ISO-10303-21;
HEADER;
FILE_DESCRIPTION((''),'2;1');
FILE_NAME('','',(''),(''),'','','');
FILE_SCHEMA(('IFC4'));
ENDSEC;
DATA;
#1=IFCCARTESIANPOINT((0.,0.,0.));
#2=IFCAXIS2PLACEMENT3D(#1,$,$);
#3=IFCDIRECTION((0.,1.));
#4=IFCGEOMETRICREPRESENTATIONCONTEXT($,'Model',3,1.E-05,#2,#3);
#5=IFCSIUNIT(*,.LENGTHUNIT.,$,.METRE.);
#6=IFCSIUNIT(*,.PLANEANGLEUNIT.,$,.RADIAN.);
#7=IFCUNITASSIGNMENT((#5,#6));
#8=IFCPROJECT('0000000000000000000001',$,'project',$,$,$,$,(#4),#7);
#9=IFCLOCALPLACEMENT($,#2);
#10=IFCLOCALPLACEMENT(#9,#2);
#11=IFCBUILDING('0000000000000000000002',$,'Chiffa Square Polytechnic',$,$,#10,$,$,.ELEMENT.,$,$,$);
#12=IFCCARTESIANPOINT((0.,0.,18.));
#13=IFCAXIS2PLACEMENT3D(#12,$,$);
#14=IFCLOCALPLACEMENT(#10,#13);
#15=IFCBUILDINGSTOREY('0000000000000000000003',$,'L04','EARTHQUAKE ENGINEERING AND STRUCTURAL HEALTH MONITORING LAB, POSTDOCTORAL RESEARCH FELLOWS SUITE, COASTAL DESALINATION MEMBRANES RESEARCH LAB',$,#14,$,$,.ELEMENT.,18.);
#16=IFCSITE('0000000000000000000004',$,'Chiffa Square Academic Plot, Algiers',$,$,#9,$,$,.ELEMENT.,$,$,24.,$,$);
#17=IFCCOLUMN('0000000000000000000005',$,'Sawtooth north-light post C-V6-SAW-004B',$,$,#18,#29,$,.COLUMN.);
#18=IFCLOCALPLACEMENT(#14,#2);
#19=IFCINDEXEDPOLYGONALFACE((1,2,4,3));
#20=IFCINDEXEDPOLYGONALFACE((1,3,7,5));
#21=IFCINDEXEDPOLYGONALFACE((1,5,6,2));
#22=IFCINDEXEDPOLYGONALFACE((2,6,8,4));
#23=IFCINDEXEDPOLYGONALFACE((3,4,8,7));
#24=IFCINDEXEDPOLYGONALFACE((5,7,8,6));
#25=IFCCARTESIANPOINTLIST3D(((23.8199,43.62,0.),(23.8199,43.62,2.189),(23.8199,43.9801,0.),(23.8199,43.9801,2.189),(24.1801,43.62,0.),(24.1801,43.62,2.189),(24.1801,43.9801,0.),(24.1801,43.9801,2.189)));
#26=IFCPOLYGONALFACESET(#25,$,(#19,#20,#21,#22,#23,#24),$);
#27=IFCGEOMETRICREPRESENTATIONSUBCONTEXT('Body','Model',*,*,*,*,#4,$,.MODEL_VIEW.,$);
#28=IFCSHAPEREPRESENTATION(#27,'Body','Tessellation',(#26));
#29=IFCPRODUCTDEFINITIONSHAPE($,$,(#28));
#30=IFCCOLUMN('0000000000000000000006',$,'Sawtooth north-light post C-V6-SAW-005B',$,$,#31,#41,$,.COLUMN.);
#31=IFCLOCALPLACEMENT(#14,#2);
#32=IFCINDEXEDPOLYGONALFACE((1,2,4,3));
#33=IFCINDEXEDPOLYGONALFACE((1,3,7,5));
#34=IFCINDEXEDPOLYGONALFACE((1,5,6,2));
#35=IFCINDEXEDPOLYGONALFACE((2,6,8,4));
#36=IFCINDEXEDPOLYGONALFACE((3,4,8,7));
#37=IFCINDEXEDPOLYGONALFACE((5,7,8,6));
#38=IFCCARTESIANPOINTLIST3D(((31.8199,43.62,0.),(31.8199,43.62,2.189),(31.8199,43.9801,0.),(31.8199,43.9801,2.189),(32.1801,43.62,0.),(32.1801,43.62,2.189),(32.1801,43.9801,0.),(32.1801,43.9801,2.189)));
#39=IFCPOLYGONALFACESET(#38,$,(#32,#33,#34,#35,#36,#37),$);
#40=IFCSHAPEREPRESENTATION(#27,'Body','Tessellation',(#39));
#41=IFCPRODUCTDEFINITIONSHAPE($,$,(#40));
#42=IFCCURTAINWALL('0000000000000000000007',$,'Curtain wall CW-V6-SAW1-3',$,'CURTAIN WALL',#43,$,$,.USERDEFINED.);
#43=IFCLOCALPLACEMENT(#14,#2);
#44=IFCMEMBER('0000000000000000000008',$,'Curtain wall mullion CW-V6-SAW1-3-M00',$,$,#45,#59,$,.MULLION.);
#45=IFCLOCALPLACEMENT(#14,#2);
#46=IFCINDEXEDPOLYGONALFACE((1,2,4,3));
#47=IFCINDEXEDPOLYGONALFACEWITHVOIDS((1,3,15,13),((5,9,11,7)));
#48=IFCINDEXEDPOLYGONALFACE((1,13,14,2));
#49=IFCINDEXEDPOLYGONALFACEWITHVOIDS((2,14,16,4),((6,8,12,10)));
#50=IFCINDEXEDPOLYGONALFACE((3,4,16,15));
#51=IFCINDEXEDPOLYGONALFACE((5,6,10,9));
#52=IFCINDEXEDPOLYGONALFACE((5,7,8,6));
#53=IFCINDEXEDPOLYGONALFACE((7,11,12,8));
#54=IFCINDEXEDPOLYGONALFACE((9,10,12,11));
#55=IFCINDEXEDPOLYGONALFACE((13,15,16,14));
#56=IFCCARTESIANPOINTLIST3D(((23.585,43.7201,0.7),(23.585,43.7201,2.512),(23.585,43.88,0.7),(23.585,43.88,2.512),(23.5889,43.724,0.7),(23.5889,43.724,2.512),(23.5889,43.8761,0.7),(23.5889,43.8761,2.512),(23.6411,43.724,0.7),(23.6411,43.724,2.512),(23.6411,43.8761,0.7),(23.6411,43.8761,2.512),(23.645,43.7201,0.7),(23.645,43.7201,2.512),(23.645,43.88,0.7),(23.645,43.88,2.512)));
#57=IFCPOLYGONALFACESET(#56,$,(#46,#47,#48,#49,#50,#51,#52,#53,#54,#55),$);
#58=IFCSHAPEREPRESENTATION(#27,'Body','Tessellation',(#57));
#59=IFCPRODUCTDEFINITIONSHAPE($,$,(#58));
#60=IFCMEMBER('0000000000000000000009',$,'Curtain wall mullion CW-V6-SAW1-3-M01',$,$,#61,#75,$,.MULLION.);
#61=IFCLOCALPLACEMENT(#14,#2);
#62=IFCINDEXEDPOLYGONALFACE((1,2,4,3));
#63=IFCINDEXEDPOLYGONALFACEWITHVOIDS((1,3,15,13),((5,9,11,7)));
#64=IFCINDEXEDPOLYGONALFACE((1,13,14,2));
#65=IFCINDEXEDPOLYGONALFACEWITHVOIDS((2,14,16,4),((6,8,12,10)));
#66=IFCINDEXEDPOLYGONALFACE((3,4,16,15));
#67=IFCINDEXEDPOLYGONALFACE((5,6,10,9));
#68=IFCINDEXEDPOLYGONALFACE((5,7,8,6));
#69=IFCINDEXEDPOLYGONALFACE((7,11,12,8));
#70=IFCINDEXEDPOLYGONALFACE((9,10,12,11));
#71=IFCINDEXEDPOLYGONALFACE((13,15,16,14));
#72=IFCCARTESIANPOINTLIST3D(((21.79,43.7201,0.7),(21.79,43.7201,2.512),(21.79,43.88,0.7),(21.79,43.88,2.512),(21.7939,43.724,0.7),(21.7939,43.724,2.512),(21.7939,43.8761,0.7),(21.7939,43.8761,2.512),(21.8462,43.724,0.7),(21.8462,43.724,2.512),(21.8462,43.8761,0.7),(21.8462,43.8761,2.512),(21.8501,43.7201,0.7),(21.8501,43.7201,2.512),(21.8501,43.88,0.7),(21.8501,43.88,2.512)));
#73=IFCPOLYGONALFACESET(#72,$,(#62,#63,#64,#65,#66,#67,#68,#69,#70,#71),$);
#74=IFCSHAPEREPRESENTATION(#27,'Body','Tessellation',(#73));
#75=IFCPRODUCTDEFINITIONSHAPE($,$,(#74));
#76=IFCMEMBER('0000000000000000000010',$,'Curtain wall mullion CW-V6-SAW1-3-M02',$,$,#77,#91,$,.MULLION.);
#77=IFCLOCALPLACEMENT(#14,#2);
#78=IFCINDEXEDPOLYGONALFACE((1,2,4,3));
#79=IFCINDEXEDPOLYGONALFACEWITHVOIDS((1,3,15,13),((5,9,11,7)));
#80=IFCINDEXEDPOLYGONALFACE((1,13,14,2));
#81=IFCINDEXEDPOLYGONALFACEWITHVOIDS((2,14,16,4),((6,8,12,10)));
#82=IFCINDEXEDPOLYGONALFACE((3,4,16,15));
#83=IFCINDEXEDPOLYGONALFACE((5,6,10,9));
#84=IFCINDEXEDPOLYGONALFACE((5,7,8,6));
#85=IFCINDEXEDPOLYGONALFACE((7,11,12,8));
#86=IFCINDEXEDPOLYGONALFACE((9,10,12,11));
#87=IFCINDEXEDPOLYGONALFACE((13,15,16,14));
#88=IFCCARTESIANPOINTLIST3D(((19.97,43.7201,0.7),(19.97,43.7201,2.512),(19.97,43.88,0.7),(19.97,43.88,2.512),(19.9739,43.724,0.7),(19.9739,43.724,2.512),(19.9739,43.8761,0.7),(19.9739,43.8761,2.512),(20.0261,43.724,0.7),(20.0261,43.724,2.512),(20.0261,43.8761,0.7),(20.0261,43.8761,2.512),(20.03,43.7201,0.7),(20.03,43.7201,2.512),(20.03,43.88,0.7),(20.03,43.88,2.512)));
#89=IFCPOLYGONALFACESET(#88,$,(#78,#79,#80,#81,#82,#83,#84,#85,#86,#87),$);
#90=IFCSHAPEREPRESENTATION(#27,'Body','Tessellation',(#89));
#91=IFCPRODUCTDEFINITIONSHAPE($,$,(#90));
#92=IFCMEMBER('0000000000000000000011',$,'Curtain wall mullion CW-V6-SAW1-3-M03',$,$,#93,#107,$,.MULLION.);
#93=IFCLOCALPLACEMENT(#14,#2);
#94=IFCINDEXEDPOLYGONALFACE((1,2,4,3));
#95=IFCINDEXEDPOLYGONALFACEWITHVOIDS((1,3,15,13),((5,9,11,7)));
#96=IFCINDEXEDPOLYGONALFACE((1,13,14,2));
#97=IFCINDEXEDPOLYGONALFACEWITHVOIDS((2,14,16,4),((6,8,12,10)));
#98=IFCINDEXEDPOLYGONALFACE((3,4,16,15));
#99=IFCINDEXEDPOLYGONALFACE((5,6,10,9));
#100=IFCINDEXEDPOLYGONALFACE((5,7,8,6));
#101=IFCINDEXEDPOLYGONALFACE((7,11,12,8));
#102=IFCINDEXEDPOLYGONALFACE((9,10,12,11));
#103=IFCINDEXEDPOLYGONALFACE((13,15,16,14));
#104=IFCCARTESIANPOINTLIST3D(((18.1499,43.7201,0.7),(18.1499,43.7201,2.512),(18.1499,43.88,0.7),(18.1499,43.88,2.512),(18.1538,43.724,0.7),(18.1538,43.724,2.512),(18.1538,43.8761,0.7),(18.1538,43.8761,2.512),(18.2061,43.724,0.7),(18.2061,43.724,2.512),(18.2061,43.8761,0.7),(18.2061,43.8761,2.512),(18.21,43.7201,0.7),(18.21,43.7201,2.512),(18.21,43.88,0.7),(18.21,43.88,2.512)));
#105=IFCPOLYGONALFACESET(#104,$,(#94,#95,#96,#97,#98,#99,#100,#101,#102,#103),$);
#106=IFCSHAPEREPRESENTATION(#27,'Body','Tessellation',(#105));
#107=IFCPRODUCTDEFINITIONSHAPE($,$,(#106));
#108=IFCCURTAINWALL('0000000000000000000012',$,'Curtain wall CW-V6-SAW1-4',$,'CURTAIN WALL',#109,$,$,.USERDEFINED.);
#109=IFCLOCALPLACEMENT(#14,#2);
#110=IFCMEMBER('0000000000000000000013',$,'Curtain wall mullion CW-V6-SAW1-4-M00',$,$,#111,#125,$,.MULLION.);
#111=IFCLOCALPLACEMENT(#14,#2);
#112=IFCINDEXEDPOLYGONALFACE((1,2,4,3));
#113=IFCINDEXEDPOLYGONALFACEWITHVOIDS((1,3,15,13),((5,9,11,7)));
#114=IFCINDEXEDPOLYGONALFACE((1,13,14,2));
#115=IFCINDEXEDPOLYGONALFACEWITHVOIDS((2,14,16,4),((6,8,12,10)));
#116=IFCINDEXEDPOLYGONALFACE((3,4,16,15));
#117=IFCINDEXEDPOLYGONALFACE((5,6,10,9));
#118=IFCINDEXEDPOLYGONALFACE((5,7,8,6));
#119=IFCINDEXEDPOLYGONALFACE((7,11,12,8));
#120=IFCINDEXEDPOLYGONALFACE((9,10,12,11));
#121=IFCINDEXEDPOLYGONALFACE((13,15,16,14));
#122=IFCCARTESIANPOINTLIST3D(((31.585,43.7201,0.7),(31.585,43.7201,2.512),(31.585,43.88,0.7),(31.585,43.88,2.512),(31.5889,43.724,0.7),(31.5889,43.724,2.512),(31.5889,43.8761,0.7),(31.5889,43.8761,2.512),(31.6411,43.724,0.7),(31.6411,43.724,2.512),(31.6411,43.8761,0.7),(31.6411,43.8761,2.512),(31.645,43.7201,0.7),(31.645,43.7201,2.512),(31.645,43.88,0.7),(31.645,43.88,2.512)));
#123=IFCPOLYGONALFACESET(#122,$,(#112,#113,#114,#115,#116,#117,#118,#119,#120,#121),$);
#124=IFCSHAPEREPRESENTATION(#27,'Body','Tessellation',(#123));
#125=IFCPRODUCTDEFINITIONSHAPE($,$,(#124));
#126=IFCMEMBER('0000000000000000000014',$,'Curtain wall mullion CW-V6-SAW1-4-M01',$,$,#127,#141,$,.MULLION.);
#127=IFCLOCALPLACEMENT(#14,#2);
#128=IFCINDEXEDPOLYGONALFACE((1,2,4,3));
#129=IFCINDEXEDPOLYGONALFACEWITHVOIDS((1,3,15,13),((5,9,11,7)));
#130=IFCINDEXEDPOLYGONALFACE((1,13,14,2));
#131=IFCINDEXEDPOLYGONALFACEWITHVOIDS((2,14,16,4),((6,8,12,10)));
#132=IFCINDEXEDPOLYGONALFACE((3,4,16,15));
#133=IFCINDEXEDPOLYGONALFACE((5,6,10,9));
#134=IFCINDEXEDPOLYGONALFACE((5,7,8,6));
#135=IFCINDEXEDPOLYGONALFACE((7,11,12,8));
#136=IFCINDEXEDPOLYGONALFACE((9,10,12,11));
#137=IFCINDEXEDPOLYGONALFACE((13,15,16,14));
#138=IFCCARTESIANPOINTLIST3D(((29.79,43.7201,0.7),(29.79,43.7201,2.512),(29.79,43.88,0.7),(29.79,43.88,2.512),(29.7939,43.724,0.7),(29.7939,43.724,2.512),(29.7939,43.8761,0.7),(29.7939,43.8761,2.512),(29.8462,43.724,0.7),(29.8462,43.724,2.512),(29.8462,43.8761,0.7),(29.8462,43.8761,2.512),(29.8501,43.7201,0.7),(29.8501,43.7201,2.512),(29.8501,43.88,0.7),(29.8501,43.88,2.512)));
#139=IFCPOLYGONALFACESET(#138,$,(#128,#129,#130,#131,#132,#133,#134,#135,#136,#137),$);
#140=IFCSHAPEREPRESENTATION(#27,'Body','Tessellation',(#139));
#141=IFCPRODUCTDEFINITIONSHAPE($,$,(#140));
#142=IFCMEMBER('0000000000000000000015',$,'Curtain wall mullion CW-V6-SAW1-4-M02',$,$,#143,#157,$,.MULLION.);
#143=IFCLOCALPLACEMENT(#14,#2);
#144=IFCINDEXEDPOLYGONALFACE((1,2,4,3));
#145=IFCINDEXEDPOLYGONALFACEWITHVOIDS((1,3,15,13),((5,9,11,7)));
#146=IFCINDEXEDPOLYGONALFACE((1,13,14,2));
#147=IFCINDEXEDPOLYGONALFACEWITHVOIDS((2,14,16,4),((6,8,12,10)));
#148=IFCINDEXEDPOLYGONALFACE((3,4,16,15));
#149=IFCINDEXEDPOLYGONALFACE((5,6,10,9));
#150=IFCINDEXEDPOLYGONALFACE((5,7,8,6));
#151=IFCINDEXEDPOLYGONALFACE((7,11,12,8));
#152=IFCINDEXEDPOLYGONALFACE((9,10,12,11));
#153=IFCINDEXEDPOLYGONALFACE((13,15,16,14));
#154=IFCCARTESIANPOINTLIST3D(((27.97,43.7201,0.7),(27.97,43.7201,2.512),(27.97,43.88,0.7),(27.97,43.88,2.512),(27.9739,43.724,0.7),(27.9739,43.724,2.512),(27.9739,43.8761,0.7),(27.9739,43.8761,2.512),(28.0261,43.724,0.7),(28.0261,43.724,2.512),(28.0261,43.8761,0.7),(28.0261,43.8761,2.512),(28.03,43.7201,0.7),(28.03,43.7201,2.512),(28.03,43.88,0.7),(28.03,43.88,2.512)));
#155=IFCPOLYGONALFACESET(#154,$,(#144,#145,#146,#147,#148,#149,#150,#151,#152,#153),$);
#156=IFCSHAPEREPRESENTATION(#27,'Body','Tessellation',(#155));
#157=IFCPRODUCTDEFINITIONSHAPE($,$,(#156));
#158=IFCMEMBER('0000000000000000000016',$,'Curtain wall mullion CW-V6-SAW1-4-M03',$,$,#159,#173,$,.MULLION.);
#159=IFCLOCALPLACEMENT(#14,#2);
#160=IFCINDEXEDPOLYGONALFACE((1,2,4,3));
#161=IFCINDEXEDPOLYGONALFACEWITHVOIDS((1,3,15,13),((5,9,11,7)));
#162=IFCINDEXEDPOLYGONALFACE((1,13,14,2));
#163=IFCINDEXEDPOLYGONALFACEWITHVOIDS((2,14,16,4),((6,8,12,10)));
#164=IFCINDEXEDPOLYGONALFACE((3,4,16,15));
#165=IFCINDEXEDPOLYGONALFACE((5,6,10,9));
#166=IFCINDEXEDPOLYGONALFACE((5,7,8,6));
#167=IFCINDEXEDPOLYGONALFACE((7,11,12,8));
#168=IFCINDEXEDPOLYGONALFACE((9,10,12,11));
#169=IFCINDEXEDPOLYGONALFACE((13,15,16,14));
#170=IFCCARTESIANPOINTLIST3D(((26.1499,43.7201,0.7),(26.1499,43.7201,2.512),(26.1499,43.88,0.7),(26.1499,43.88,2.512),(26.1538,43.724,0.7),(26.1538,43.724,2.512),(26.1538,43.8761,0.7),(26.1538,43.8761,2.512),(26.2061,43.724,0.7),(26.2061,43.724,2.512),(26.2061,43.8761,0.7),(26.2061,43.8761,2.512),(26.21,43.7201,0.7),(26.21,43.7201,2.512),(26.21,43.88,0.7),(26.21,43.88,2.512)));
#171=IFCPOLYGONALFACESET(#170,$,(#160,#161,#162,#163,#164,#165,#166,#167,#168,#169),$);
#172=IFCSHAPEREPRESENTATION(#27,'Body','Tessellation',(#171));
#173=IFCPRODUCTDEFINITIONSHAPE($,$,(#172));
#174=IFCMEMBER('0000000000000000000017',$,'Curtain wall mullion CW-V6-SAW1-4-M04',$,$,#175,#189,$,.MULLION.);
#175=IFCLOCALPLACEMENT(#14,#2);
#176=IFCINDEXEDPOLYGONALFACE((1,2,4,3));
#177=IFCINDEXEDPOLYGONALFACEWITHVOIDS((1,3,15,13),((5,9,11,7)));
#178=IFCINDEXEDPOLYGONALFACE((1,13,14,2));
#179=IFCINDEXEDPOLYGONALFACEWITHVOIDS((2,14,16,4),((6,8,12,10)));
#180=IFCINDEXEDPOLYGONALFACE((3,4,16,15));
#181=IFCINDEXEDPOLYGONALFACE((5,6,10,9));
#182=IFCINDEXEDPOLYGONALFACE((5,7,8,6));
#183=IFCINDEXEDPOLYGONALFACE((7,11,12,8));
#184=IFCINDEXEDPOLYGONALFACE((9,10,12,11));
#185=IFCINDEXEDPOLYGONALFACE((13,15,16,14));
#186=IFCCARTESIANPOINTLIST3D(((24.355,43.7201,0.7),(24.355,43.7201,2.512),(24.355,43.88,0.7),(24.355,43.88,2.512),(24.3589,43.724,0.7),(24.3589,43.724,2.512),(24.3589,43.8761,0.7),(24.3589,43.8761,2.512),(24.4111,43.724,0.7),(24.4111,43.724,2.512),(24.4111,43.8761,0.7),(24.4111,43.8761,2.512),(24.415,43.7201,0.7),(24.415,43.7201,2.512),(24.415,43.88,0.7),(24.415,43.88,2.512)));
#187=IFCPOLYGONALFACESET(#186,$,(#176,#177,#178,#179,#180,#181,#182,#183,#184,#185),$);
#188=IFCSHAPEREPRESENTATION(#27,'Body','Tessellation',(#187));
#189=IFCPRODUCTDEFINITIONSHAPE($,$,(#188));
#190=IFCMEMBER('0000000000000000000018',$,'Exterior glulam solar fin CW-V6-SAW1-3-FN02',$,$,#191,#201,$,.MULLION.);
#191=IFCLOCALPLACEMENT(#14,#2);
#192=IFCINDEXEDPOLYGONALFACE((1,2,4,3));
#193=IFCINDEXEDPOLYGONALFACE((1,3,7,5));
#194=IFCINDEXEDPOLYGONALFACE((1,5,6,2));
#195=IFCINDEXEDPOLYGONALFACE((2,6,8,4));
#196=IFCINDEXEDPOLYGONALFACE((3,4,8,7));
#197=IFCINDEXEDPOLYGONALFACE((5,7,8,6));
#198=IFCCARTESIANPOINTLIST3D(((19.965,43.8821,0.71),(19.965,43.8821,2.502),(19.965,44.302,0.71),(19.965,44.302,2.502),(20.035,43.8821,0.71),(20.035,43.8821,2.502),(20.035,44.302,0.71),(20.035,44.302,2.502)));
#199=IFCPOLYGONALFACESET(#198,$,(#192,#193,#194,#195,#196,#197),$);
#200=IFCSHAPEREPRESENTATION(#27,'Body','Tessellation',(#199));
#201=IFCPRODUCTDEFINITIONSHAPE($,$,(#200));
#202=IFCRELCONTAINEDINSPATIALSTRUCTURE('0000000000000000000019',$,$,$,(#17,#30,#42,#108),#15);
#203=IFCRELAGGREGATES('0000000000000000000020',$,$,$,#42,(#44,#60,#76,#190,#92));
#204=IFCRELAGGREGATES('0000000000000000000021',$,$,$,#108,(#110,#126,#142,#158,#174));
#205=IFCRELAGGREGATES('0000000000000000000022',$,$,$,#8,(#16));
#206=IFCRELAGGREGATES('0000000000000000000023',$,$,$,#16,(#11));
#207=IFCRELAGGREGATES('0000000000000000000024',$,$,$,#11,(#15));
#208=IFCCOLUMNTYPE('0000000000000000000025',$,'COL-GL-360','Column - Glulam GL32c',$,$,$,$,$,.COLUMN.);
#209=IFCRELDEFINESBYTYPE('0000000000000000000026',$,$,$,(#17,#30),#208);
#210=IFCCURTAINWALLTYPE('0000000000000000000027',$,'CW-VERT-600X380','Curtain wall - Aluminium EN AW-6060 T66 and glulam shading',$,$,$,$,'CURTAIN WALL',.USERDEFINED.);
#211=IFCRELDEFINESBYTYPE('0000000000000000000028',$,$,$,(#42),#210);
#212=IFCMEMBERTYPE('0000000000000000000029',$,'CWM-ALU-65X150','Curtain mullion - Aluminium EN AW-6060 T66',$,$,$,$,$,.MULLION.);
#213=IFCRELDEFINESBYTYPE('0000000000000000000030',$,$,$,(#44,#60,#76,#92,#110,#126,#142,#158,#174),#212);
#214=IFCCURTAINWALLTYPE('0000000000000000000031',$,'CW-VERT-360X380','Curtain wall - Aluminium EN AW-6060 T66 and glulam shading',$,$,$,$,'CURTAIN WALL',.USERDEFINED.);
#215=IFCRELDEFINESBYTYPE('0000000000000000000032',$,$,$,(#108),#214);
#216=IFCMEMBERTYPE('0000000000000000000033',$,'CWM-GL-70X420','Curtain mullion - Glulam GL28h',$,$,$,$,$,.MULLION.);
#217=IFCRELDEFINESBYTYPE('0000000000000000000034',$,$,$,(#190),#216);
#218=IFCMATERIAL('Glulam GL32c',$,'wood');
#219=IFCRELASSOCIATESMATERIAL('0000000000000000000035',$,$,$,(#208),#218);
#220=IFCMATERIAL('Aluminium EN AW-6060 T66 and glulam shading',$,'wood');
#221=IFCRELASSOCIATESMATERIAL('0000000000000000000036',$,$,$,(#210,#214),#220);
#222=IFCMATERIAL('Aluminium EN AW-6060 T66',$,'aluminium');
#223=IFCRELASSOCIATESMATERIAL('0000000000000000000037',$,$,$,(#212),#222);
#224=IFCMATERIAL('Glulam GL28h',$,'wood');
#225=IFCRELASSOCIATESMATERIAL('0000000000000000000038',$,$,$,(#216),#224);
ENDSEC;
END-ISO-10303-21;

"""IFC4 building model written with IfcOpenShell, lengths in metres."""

from ifc_helpers import new_model, si_unit, direction, frame, origin, origin_2d, place, context, subcontext, project, spatial, rectangle, hollow_rectangle, extrude, material, material_profile, profile_set, type_object, element, aggregate, save


model = new_model("IFC4")

# Units and contexts
model_context = context("Model", 3, precision=1e-05, world=origin(), true_north=direction((0.0, 1.0)))
body_context = subcontext(model_context, "Body", "Model", "MODEL_VIEW")
ifc_project = project(units=[si_unit("LENGTHUNIT", "METRE"), si_unit("PLANEANGLEUNIT", "RADIAN")], contexts=[model_context])

# Site, building, storey
site_placement = place(None, origin())
site = spatial("IfcSite", under=ifc_project, at=site_placement, Name="Chiffa Square Academic Plot, Algiers", CompositionType="ELEMENT", RefElevation=24.0)
building_placement = place(site_placement, origin())
building = spatial("IfcBuilding", under=site, at=building_placement, Name="Chiffa Square Polytechnic", CompositionType="ELEMENT")
storey_placement = place(building_placement, frame((0.0, 0.0, 18.0)))
storey = spatial("IfcBuildingStorey", under=building, at=storey_placement, Name="L04", Description="EARTHQUAKE ENGINEERING AND STRUCTURAL HEALTH MONITORING LAB, POSTDOCTORAL RESEARCH FELLOWS SUITE, COASTAL DESALINATION MEMBRANES RESEARCH LAB", CompositionType="ELEMENT", Elevation=18.0)

# Columns
ifc_material_1 = material(Name="Glulam GL32c", Category="wood")
ifc_material_profile_1 = material_profile(ifc_material_1, rectangle(XDim=0.3601, YDim=0.3601, at=origin_2d()), Name="GL32c 360x360")
ifc_profile_set_1 = profile_set([ifc_material_profile_1], Name="Glulam GL32c")
column_type = type_object("IfcColumnType", Name="COL-GL-360", Description="Column - Glulam GL32c", PredefinedType="COLUMN", material=ifc_profile_set_1)
for number, where, z_axis, x_axis, name in (
    (1, (24.0, 43.8, 0.0), (0.0, 0.0, 1.0), (1.0, 0.0, 0.0), "Sawtooth north-light post C-V6-SAW-004B"),
    (2, (32.0, 43.8, 0.0), (0.0, 0.0, 1.0), (1.0, 0.0, 0.0), "Sawtooth north-light post C-V6-SAW-005B"),
):
    element("IfcColumn", number, at=place(storey_placement, frame(where, z_axis=z_axis, x_axis=x_axis)), inside=storey, type_object=column_type, Name=name, PredefinedType="COLUMN", context=body_context, shape_type="SweptSolid", body=[
        extrude(rectangle(XDim=0.3601, YDim=0.3601, at=origin_2d()), origin(), (0.0, 0.0, 1.0), 2.189),
    ])

# Curtain walls, members
ifc_material_2 = material(Name="Aluminium EN AW-6060 T66 and glulam shading", Category="wood")
curtain_wall_type_1 = type_object("IfcCurtainWallType", Name="CW-VERT-600X380", Description="Curtain wall - Aluminium EN AW-6060 T66 and glulam shading", ElementType="CURTAIN WALL", PredefinedType="USERDEFINED", material=ifc_material_2)
curtain_wall_1_placement = place(storey_placement, origin())
curtain_wall_1 = element("IfcCurtainWall", 3, at=curtain_wall_1_placement, inside=storey, type_object=curtain_wall_type_1, Name="Curtain wall CW-V6-SAW1-3", ObjectType="CURTAIN WALL", PredefinedType="USERDEFINED")
ifc_material_3 = material(Name="Aluminium EN AW-6060 T66", Category="aluminium")
ifc_material_profile_2 = material_profile(ifc_material_3, hollow_rectangle(XDim=0.0601, YDim=0.1599, WallThickness=0.0039, at=origin_2d()), Name="ALU 60x160x4")
ifc_profile_set_2 = profile_set([ifc_material_profile_2], Name="Aluminium EN AW-6060 T66")
member_type_1 = type_object("IfcMemberType", Name="CWM-ALU-65X150", Description="Curtain mullion - Aluminium EN AW-6060 T66", PredefinedType="MULLION", material=ifc_profile_set_2)
member_1_placement = place(storey_placement, frame((23.615, 43.8, 0.7), z_axis=(0.0, 0.0, 1.0), x_axis=(1.0, 0.0, 0.0)))
member_1 = element("IfcMember", 4, at=member_1_placement, type_object=member_type_1, Name="Curtain wall mullion CW-V6-SAW1-3-M00", PredefinedType="MULLION", context=body_context, shape_type="SweptSolid", body=[
    extrude(hollow_rectangle(XDim=0.0601, YDim=0.1599, WallThickness=0.0039, at=origin_2d()), origin(), (0.0, 0.0, 1.0), 1.812),
])
member_2_placement = place(storey_placement, frame((21.8201, 43.8, 0.7), z_axis=(0.0, 0.0, 1.0), x_axis=(1.0, 0.0, 0.0)))
member_2 = element("IfcMember", 5, at=member_2_placement, type_object=member_type_1, Name="Curtain wall mullion CW-V6-SAW1-3-M01", PredefinedType="MULLION", context=body_context, shape_type="SweptSolid", body=[
    extrude(hollow_rectangle(XDim=0.0601, YDim=0.1599, WallThickness=0.0039, at=origin_2d()), origin(), (0.0, 0.0, 1.0), 1.812),
])
member_3_placement = place(storey_placement, frame((20.0, 43.8, 0.7), z_axis=(0.0, 0.0, 1.0), x_axis=(1.0, 0.0, 0.0)))
member_3 = element("IfcMember", 6, at=member_3_placement, type_object=member_type_1, Name="Curtain wall mullion CW-V6-SAW1-3-M02", PredefinedType="MULLION", context=body_context, shape_type="SweptSolid", body=[
    extrude(hollow_rectangle(XDim=0.0601, YDim=0.1599, WallThickness=0.0039, at=origin_2d()), origin(), (0.0, 0.0, 1.0), 1.812),
])
member_4_placement = place(storey_placement, frame((18.1799, 43.8, 0.7), z_axis=(0.0, 0.0, 1.0), x_axis=(1.0, 0.0, 0.0)))
member_4 = element("IfcMember", 7, at=member_4_placement, type_object=member_type_1, Name="Curtain wall mullion CW-V6-SAW1-3-M03", PredefinedType="MULLION", context=body_context, shape_type="SweptSolid", body=[
    extrude(hollow_rectangle(XDim=0.0601, YDim=0.1599, WallThickness=0.0039, at=origin_2d()), origin(), (0.0, 0.0, 1.0), 1.812),
])
curtain_wall_type_2 = type_object("IfcCurtainWallType", Name="CW-VERT-360X380", Description="Curtain wall - Aluminium EN AW-6060 T66 and glulam shading", ElementType="CURTAIN WALL", PredefinedType="USERDEFINED", material=ifc_material_2)
curtain_wall_2_placement = place(storey_placement, origin())
curtain_wall_2 = element("IfcCurtainWall", 8, at=curtain_wall_2_placement, inside=storey, type_object=curtain_wall_type_2, Name="Curtain wall CW-V6-SAW1-4", ObjectType="CURTAIN WALL", PredefinedType="USERDEFINED")
member_5_placement = place(storey_placement, frame((31.615, 43.8, 0.7), z_axis=(0.0, 0.0, 1.0), x_axis=(1.0, 0.0, 0.0)))
member_5 = element("IfcMember", 9, at=member_5_placement, type_object=member_type_1, Name="Curtain wall mullion CW-V6-SAW1-4-M00", PredefinedType="MULLION", context=body_context, shape_type="SweptSolid", body=[
    extrude(hollow_rectangle(XDim=0.0601, YDim=0.1599, WallThickness=0.0039, at=origin_2d()), origin(), (0.0, 0.0, 1.0), 1.812),
])
member_6_placement = place(storey_placement, frame((29.8201, 43.8, 0.7), z_axis=(0.0, 0.0, 1.0), x_axis=(1.0, 0.0, 0.0)))
member_6 = element("IfcMember", 10, at=member_6_placement, type_object=member_type_1, Name="Curtain wall mullion CW-V6-SAW1-4-M01", PredefinedType="MULLION", context=body_context, shape_type="SweptSolid", body=[
    extrude(hollow_rectangle(XDim=0.0601, YDim=0.1599, WallThickness=0.0039, at=origin_2d()), origin(), (0.0, 0.0, 1.0), 1.812),
])
member_7_placement = place(storey_placement, frame((28.0, 43.8, 0.7), z_axis=(0.0, 0.0, 1.0), x_axis=(1.0, 0.0, 0.0)))
member_7 = element("IfcMember", 11, at=member_7_placement, type_object=member_type_1, Name="Curtain wall mullion CW-V6-SAW1-4-M02", PredefinedType="MULLION", context=body_context, shape_type="SweptSolid", body=[
    extrude(hollow_rectangle(XDim=0.0601, YDim=0.1599, WallThickness=0.0039, at=origin_2d()), origin(), (0.0, 0.0, 1.0), 1.812),
])
member_8_placement = place(storey_placement, frame((26.1799, 43.8, 0.7), z_axis=(0.0, 0.0, 1.0), x_axis=(1.0, 0.0, 0.0)))
member_8 = element("IfcMember", 12, at=member_8_placement, type_object=member_type_1, Name="Curtain wall mullion CW-V6-SAW1-4-M03", PredefinedType="MULLION", context=body_context, shape_type="SweptSolid", body=[
    extrude(hollow_rectangle(XDim=0.0601, YDim=0.1599, WallThickness=0.0039, at=origin_2d()), origin(), (0.0, 0.0, 1.0), 1.812),
])
member_9_placement = place(storey_placement, frame((24.385, 43.8, 0.7), z_axis=(0.0, 0.0, 1.0), x_axis=(1.0, 0.0, 0.0)))
member_9 = element("IfcMember", 13, at=member_9_placement, type_object=member_type_1, Name="Curtain wall mullion CW-V6-SAW1-4-M04", PredefinedType="MULLION", context=body_context, shape_type="SweptSolid", body=[
    extrude(hollow_rectangle(XDim=0.0601, YDim=0.1599, WallThickness=0.0039, at=origin_2d()), origin(), (0.0, 0.0, 1.0), 1.812),
])

# Member
ifc_material_4 = material(Name="Glulam GL28h", Category="wood")
ifc_material_profile_3 = material_profile(ifc_material_4, rectangle(XDim=0.0701, YDim=0.4199, at=origin_2d()), Name="GL28h 70x420")
ifc_profile_set_3 = profile_set([ifc_material_profile_3], Name="Glulam GL28h")
member_type_2 = type_object("IfcMemberType", Name="CWM-GL-70X420", Description="Curtain mullion - Glulam GL28h", PredefinedType="MULLION", material=ifc_profile_set_3)
member_10_placement = place(storey_placement, frame((20.0, 44.092, 0.71), z_axis=(0.0, 0.0, 1.0), x_axis=(-1.0, 0.0, 0.0)))
member_10 = element("IfcMember", 14, at=member_10_placement, type_object=member_type_2, Name="Exterior glulam solar fin CW-V6-SAW1-3-FN02", PredefinedType="MULLION", context=body_context, shape_type="SweptSolid", body=[
    extrude(rectangle(XDim=0.0701, YDim=0.4199, at=origin_2d()), origin(), (0.0, 0.0, 1.0), 1.792),
])

aggregate(curtain_wall_1, [member_1, member_2, member_3, member_10, member_4])
aggregate(curtain_wall_2, [member_5, member_6, member_7, member_8, member_9])

save(model, "model.ifc")
